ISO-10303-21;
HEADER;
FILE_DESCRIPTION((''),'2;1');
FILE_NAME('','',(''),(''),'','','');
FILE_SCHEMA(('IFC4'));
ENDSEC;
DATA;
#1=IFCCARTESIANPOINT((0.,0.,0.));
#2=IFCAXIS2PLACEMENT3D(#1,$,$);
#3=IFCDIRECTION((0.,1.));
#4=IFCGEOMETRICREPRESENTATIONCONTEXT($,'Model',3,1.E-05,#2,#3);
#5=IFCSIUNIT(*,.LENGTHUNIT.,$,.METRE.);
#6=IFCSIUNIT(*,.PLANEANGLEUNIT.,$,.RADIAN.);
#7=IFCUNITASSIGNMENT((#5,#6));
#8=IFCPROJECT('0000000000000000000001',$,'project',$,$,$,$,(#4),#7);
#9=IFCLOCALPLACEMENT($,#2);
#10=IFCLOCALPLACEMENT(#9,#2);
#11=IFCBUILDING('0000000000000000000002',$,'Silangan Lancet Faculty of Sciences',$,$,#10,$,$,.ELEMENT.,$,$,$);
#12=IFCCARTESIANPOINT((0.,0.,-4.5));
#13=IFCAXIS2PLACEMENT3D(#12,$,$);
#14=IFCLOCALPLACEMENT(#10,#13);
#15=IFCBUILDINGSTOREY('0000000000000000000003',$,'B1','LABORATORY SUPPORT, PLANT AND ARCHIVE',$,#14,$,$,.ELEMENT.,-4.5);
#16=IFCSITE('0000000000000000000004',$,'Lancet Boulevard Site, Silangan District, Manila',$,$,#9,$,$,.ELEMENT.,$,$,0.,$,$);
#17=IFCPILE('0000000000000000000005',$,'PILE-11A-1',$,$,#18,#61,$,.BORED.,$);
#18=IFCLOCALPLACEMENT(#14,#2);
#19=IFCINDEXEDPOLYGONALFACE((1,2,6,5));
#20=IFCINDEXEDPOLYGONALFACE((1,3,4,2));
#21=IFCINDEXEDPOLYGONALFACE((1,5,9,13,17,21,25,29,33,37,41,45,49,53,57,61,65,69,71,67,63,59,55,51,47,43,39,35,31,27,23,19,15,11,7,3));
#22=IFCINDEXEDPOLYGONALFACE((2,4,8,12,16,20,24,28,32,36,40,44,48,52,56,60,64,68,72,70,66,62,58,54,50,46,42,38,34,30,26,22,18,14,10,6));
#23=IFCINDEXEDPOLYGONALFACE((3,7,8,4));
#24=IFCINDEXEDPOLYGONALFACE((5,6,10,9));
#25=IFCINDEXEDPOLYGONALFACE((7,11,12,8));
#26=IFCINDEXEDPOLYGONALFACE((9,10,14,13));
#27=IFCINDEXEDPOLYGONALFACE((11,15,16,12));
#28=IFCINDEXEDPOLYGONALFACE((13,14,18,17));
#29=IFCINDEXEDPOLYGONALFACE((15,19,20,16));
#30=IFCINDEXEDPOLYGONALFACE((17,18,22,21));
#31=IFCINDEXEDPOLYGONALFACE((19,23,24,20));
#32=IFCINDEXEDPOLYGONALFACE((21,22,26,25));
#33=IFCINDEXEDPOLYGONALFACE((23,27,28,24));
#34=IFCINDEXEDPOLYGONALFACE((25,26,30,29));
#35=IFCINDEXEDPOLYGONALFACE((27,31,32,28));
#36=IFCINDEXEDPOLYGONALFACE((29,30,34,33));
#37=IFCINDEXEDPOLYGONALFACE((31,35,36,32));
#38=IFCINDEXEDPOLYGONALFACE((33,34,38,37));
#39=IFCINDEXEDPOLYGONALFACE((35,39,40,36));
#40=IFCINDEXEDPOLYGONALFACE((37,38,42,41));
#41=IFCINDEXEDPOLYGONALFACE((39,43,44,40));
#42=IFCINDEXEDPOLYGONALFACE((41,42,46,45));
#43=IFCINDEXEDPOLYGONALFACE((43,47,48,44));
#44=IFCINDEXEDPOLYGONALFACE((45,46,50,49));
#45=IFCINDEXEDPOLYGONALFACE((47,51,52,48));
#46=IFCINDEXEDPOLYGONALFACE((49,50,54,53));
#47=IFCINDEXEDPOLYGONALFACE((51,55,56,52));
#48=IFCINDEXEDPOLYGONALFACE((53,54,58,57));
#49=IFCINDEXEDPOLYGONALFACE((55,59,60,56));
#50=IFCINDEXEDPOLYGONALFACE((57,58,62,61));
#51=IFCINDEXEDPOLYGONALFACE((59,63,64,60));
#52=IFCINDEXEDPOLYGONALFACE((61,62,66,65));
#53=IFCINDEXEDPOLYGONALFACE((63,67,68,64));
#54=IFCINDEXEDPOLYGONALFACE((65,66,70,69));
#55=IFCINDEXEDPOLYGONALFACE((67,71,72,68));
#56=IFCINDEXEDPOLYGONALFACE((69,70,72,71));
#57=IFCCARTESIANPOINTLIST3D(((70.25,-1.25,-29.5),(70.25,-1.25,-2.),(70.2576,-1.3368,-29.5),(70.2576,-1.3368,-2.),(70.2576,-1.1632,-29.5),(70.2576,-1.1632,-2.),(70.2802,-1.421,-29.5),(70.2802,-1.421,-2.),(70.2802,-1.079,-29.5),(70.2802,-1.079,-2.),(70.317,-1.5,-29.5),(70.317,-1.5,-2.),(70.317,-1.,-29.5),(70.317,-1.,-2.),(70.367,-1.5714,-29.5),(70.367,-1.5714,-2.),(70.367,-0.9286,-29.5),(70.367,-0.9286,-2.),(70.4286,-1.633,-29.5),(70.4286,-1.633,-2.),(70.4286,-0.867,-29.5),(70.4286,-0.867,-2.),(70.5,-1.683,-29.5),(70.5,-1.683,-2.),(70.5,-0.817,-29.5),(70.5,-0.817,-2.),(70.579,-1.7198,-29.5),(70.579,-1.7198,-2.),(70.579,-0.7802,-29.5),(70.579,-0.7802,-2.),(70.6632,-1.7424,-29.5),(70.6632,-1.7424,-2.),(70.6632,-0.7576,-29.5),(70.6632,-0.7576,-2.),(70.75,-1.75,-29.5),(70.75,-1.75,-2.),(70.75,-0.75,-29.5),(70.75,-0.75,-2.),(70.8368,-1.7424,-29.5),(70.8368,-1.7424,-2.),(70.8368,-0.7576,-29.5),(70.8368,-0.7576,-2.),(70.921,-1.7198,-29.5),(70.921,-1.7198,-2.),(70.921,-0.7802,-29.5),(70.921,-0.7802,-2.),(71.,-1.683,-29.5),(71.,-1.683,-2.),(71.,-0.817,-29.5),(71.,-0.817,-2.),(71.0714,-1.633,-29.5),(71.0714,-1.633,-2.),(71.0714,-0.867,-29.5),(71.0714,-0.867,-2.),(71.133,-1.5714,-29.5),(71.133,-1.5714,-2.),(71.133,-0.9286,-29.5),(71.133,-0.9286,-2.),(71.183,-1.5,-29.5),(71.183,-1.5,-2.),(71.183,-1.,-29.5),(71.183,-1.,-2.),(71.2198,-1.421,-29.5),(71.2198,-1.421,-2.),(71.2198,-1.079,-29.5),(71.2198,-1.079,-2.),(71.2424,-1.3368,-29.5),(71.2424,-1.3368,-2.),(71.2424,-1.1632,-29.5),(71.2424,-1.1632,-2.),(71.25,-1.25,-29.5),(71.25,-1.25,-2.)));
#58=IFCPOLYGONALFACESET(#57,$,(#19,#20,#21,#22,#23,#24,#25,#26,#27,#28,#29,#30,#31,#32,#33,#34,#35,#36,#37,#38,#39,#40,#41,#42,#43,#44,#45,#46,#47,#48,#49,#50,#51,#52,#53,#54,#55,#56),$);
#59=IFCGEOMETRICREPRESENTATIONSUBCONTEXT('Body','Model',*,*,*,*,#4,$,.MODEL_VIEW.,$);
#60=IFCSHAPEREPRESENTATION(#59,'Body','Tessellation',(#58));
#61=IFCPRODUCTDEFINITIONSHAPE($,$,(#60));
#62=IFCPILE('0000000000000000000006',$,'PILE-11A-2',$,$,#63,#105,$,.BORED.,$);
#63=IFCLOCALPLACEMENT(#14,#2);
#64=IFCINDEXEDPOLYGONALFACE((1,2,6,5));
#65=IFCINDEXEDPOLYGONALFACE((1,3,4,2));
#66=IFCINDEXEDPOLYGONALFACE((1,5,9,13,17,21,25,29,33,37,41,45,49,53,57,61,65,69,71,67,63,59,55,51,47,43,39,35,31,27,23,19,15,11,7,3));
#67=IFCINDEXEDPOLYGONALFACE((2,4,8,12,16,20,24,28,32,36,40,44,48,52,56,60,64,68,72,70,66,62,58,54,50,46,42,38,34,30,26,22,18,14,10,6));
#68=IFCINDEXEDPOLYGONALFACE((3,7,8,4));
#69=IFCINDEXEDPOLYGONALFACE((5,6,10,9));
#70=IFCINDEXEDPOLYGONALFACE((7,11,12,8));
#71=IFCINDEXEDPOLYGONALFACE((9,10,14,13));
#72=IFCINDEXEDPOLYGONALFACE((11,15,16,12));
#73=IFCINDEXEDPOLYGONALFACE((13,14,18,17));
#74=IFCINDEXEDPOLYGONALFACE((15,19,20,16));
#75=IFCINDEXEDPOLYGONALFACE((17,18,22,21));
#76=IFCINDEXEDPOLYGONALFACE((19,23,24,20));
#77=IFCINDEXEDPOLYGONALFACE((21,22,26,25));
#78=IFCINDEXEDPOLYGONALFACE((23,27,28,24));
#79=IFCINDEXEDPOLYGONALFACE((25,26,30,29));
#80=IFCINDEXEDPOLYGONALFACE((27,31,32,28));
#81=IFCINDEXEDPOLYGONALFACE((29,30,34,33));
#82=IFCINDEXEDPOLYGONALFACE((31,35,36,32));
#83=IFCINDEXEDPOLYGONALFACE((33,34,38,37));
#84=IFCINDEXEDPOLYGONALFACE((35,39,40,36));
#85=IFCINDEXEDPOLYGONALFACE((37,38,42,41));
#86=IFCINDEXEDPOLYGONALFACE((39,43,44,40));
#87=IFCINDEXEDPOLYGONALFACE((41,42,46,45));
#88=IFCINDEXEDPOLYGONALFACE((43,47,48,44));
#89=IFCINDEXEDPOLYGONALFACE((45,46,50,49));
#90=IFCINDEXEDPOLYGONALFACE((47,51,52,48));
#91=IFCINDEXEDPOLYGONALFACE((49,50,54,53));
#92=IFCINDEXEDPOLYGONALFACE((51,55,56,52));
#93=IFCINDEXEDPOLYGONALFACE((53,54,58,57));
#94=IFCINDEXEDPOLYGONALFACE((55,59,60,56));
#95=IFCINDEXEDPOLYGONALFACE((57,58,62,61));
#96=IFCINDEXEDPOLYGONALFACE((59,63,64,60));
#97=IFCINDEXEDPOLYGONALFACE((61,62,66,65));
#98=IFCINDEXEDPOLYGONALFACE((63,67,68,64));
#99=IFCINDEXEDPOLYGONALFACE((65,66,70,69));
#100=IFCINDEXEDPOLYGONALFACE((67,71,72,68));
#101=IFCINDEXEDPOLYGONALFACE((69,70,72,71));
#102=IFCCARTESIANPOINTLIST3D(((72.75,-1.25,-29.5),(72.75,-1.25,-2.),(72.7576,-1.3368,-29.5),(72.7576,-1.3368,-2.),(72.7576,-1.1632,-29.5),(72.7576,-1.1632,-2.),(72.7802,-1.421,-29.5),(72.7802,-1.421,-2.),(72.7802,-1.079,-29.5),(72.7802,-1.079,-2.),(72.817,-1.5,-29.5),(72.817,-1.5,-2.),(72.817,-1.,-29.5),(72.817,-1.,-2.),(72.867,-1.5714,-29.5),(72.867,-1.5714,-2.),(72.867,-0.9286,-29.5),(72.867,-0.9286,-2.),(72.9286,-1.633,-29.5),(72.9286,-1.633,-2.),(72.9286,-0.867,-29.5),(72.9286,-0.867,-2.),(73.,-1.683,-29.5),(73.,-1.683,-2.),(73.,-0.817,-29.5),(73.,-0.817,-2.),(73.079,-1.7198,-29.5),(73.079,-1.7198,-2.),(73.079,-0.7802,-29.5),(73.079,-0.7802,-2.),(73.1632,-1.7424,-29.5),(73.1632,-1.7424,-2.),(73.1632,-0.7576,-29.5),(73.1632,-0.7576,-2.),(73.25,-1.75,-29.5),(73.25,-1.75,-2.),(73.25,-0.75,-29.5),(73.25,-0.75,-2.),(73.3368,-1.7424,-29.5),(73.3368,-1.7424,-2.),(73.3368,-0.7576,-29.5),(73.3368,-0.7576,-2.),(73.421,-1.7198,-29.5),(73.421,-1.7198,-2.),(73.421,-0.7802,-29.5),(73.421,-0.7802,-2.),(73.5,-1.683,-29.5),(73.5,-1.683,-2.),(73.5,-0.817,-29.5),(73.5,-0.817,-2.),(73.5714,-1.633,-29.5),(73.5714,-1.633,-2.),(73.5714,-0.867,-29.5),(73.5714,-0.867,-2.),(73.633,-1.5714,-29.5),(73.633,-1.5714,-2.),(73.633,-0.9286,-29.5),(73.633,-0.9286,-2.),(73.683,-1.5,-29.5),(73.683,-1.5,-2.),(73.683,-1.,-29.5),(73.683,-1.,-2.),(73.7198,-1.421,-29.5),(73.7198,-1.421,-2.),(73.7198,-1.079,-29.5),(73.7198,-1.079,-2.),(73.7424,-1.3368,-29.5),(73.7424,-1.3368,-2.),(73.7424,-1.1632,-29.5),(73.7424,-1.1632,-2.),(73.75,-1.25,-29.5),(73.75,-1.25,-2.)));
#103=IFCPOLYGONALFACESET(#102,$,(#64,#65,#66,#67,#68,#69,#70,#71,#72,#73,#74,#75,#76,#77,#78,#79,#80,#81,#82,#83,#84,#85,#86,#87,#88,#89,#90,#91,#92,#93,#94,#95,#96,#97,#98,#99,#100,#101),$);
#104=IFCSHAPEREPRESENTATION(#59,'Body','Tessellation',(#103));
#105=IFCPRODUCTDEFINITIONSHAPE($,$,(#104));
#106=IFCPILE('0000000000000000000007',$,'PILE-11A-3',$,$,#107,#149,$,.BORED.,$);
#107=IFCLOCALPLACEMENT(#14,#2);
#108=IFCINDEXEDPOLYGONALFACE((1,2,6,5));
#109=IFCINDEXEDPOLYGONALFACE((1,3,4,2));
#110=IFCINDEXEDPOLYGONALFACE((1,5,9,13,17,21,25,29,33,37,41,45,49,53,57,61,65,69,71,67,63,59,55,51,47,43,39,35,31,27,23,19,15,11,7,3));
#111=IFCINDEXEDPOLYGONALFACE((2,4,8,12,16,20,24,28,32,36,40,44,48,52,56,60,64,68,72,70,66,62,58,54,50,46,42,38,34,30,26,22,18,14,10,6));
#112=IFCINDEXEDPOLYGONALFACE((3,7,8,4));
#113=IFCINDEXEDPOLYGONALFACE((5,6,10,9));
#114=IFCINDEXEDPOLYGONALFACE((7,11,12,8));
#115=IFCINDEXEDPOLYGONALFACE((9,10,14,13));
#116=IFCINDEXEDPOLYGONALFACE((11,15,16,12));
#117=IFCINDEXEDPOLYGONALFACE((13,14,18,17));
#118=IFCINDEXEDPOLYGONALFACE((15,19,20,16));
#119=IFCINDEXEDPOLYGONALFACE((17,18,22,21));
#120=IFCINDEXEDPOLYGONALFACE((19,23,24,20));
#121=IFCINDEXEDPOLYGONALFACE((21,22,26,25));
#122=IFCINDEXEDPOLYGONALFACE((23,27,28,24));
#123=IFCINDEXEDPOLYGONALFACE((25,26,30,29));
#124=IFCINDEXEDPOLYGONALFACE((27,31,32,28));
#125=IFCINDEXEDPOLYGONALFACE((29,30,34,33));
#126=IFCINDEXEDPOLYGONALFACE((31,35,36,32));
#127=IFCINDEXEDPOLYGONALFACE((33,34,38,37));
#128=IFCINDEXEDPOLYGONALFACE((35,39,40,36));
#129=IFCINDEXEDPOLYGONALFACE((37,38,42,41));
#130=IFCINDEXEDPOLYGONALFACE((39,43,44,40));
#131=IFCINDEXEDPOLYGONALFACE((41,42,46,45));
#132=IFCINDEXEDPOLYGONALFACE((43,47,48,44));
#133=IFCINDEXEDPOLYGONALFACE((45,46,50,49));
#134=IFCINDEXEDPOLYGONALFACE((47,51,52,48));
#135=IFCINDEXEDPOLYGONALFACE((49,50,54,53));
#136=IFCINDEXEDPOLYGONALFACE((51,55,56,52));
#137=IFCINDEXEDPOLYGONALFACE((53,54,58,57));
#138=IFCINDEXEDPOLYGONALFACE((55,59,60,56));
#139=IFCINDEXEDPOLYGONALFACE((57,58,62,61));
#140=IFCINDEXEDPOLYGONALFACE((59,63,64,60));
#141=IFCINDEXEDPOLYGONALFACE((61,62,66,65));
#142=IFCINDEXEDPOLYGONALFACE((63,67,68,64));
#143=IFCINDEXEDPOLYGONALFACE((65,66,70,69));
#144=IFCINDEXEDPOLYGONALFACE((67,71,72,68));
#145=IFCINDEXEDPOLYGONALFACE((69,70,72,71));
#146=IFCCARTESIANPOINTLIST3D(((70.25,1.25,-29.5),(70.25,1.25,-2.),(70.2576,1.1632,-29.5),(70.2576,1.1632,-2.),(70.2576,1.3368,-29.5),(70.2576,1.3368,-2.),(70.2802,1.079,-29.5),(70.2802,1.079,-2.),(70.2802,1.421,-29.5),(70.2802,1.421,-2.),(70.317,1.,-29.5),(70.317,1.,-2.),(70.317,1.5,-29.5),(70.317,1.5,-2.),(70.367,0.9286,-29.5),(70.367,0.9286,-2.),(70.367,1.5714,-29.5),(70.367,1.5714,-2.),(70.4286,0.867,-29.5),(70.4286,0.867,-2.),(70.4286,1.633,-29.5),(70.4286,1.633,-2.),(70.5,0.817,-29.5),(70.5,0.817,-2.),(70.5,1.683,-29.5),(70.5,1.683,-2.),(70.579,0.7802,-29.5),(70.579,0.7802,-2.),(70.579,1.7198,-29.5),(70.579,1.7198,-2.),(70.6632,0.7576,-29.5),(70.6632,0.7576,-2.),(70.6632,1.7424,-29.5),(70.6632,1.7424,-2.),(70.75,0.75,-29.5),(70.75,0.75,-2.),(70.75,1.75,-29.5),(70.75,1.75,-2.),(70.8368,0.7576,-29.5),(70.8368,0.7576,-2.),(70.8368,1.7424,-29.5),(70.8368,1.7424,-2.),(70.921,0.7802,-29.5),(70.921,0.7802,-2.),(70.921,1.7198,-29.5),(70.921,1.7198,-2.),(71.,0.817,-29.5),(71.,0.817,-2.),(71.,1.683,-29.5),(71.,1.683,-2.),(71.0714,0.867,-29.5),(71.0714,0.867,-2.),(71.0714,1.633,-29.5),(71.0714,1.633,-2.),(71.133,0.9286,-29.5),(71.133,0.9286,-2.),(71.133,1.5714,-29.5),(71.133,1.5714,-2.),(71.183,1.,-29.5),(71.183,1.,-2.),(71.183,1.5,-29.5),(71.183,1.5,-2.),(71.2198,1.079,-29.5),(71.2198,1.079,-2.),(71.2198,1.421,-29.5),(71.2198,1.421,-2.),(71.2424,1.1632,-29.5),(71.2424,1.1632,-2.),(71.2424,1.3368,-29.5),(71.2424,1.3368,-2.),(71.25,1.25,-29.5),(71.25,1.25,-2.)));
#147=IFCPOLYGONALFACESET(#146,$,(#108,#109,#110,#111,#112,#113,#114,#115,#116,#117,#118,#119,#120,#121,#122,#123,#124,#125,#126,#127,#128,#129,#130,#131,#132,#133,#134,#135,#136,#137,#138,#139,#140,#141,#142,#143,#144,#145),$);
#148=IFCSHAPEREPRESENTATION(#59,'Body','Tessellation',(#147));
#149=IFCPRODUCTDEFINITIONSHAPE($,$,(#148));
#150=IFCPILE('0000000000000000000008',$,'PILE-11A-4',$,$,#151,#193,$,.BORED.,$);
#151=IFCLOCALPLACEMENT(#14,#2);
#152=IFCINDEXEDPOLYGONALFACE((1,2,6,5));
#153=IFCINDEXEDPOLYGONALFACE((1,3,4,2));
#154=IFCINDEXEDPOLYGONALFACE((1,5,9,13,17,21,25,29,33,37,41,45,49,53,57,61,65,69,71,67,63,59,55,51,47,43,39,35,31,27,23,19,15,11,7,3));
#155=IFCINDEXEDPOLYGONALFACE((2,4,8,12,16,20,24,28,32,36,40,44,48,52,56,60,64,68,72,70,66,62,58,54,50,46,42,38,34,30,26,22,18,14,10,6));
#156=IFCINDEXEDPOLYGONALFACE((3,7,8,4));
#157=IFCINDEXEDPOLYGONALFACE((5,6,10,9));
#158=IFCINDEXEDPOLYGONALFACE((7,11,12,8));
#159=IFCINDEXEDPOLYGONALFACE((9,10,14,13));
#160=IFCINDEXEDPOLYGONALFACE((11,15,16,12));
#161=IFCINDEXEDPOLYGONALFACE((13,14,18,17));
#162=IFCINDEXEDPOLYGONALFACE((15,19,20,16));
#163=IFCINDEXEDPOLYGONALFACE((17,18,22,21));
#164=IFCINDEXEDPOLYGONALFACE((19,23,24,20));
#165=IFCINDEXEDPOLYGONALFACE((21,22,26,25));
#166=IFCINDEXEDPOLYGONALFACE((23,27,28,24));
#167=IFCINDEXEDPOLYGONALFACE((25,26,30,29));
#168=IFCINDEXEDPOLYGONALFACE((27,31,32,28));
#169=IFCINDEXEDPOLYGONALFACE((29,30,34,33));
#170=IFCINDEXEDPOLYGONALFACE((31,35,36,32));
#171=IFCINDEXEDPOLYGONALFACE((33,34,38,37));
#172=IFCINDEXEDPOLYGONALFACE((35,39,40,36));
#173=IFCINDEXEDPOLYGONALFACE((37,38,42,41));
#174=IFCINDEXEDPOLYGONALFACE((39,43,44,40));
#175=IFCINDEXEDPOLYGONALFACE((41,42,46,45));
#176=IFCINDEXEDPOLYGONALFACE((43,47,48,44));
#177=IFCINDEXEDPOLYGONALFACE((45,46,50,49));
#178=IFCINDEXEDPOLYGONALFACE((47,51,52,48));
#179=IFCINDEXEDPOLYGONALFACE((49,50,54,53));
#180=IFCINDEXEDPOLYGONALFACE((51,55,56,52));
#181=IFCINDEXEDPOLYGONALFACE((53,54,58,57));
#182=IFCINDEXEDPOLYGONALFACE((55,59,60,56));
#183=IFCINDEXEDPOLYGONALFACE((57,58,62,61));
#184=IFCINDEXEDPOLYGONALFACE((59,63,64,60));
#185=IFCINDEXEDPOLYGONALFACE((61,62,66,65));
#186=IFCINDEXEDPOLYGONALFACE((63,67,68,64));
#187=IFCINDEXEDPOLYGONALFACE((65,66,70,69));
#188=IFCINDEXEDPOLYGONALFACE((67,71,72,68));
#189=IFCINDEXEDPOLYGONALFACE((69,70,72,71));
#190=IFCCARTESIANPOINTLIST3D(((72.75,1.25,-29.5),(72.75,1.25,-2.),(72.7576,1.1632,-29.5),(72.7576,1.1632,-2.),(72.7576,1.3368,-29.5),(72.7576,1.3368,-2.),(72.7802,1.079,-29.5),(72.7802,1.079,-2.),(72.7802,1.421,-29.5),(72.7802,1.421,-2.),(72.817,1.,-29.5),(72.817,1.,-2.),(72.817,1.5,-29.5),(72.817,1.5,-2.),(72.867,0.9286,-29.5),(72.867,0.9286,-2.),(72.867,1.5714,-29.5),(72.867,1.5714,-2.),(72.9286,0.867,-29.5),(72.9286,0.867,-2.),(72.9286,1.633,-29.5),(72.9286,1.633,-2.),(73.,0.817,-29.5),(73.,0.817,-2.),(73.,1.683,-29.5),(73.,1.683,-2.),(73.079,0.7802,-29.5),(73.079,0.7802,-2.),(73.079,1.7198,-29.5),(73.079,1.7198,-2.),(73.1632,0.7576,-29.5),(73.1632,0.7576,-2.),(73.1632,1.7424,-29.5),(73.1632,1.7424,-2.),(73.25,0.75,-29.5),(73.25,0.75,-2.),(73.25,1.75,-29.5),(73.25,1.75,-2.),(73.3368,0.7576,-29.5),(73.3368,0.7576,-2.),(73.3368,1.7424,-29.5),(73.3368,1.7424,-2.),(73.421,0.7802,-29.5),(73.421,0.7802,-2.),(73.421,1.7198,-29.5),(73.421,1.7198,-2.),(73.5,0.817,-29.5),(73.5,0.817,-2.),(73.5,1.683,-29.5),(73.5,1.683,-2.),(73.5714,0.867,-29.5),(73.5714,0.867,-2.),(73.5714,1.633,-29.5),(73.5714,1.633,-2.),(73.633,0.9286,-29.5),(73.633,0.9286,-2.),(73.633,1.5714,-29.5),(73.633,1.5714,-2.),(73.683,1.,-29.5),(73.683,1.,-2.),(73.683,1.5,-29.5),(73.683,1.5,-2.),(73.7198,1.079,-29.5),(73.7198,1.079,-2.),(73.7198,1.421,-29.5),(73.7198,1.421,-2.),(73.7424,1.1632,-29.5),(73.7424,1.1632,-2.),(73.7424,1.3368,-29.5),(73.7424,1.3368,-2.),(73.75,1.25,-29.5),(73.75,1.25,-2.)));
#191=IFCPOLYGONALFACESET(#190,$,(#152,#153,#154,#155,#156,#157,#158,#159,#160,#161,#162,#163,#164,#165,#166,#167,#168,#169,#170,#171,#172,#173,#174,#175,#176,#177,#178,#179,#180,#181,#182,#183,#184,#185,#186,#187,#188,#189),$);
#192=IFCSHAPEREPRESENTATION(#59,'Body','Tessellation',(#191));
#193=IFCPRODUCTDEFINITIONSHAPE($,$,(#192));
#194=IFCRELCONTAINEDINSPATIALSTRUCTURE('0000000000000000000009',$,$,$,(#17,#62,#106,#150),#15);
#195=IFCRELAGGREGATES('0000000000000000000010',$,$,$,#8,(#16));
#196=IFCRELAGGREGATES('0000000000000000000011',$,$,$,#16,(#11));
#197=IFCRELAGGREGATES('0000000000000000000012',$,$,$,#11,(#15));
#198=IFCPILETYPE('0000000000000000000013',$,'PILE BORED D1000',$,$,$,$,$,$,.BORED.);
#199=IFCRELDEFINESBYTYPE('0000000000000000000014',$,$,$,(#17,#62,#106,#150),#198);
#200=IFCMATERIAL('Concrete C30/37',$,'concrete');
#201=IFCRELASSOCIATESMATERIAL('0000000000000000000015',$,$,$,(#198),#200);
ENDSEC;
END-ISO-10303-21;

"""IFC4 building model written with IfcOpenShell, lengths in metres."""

from ifc_helpers import new_model, si_unit, direction, frame, origin, origin_2d, place, context, subcontext, project, spatial, circle, extrude, material, material_profile, profile_set, type_object, element, save


model = new_model("IFC4")

# Units and contexts
model_context = context("Model", 3, precision=1e-05, world=origin(), true_north=direction((0.0, 1.0)))
body_context = subcontext(model_context, "Body", "Model", "MODEL_VIEW")
ifc_project = project(units=[si_unit("LENGTHUNIT", "METRE"), si_unit("PLANEANGLEUNIT", "RADIAN")], contexts=[model_context])

# Site, building, storey
site_placement = place(None, origin())
site = spatial("IfcSite", under=ifc_project, at=site_placement, Name="Lancet Boulevard Site, Silangan District, Manila", CompositionType="ELEMENT", RefElevation=0.0)
building_placement = place(site_placement, origin())
building = spatial("IfcBuilding", under=site, at=building_placement, Name="Silangan Lancet Faculty of Sciences", CompositionType="ELEMENT")
storey_placement = place(building_placement, frame((0.0, 0.0, -4.5)))
storey = spatial("IfcBuildingStorey", under=building, at=storey_placement, Name="B1", Description="LABORATORY SUPPORT, PLANT AND ARCHIVE", CompositionType="ELEMENT", Elevation=-4.5)

# Piles
ifc_material_1 = material(Name="Concrete C30/37", Category="concrete")
ifc_material_profile_1 = material_profile(ifc_material_1, circle(Radius=0.5, at=origin_2d()), Name="BORED PILE D1000")
ifc_profile_set_1 = profile_set([ifc_material_profile_1], Name="Concrete C30/37")
pile_type_1 = type_object("IfcPileType", Name="PILE BORED D1000", PredefinedType="BORED", material=ifc_profile_set_1)
for number, where, z_axis, x_axis, name in (
    (1, (70.75, -1.25, -2.0), (0.0, 0.0, -1.0), (1.0, 0.0, 0.0), "PILE-11A-1"),
    (2, (73.25, -1.25, -2.0), (0.0, 0.0, -1.0), (1.0, 0.0, 0.0), "PILE-11A-2"),
    (3, (70.75, 1.25, -2.0), (0.0, 0.0, -1.0), (1.0, 0.0, 0.0), "PILE-11A-3"),
    (4, (73.25, 1.25, -2.0), (0.0, 0.0, -1.0), (1.0, 0.0, 0.0), "PILE-11A-4"),
):
    element("IfcPile", number, at=place(storey_placement, frame(where, z_axis=z_axis, x_axis=x_axis)), inside=storey, type_object=pile_type_1, Name=name, PredefinedType="BORED", context=body_context, shape_type="SweptSolid", body=[
        extrude(circle(Radius=0.5, at=origin_2d()), origin(), (0.0, 0.0, 1.0), 27.5),
    ])

save(model, "model.ifc")
